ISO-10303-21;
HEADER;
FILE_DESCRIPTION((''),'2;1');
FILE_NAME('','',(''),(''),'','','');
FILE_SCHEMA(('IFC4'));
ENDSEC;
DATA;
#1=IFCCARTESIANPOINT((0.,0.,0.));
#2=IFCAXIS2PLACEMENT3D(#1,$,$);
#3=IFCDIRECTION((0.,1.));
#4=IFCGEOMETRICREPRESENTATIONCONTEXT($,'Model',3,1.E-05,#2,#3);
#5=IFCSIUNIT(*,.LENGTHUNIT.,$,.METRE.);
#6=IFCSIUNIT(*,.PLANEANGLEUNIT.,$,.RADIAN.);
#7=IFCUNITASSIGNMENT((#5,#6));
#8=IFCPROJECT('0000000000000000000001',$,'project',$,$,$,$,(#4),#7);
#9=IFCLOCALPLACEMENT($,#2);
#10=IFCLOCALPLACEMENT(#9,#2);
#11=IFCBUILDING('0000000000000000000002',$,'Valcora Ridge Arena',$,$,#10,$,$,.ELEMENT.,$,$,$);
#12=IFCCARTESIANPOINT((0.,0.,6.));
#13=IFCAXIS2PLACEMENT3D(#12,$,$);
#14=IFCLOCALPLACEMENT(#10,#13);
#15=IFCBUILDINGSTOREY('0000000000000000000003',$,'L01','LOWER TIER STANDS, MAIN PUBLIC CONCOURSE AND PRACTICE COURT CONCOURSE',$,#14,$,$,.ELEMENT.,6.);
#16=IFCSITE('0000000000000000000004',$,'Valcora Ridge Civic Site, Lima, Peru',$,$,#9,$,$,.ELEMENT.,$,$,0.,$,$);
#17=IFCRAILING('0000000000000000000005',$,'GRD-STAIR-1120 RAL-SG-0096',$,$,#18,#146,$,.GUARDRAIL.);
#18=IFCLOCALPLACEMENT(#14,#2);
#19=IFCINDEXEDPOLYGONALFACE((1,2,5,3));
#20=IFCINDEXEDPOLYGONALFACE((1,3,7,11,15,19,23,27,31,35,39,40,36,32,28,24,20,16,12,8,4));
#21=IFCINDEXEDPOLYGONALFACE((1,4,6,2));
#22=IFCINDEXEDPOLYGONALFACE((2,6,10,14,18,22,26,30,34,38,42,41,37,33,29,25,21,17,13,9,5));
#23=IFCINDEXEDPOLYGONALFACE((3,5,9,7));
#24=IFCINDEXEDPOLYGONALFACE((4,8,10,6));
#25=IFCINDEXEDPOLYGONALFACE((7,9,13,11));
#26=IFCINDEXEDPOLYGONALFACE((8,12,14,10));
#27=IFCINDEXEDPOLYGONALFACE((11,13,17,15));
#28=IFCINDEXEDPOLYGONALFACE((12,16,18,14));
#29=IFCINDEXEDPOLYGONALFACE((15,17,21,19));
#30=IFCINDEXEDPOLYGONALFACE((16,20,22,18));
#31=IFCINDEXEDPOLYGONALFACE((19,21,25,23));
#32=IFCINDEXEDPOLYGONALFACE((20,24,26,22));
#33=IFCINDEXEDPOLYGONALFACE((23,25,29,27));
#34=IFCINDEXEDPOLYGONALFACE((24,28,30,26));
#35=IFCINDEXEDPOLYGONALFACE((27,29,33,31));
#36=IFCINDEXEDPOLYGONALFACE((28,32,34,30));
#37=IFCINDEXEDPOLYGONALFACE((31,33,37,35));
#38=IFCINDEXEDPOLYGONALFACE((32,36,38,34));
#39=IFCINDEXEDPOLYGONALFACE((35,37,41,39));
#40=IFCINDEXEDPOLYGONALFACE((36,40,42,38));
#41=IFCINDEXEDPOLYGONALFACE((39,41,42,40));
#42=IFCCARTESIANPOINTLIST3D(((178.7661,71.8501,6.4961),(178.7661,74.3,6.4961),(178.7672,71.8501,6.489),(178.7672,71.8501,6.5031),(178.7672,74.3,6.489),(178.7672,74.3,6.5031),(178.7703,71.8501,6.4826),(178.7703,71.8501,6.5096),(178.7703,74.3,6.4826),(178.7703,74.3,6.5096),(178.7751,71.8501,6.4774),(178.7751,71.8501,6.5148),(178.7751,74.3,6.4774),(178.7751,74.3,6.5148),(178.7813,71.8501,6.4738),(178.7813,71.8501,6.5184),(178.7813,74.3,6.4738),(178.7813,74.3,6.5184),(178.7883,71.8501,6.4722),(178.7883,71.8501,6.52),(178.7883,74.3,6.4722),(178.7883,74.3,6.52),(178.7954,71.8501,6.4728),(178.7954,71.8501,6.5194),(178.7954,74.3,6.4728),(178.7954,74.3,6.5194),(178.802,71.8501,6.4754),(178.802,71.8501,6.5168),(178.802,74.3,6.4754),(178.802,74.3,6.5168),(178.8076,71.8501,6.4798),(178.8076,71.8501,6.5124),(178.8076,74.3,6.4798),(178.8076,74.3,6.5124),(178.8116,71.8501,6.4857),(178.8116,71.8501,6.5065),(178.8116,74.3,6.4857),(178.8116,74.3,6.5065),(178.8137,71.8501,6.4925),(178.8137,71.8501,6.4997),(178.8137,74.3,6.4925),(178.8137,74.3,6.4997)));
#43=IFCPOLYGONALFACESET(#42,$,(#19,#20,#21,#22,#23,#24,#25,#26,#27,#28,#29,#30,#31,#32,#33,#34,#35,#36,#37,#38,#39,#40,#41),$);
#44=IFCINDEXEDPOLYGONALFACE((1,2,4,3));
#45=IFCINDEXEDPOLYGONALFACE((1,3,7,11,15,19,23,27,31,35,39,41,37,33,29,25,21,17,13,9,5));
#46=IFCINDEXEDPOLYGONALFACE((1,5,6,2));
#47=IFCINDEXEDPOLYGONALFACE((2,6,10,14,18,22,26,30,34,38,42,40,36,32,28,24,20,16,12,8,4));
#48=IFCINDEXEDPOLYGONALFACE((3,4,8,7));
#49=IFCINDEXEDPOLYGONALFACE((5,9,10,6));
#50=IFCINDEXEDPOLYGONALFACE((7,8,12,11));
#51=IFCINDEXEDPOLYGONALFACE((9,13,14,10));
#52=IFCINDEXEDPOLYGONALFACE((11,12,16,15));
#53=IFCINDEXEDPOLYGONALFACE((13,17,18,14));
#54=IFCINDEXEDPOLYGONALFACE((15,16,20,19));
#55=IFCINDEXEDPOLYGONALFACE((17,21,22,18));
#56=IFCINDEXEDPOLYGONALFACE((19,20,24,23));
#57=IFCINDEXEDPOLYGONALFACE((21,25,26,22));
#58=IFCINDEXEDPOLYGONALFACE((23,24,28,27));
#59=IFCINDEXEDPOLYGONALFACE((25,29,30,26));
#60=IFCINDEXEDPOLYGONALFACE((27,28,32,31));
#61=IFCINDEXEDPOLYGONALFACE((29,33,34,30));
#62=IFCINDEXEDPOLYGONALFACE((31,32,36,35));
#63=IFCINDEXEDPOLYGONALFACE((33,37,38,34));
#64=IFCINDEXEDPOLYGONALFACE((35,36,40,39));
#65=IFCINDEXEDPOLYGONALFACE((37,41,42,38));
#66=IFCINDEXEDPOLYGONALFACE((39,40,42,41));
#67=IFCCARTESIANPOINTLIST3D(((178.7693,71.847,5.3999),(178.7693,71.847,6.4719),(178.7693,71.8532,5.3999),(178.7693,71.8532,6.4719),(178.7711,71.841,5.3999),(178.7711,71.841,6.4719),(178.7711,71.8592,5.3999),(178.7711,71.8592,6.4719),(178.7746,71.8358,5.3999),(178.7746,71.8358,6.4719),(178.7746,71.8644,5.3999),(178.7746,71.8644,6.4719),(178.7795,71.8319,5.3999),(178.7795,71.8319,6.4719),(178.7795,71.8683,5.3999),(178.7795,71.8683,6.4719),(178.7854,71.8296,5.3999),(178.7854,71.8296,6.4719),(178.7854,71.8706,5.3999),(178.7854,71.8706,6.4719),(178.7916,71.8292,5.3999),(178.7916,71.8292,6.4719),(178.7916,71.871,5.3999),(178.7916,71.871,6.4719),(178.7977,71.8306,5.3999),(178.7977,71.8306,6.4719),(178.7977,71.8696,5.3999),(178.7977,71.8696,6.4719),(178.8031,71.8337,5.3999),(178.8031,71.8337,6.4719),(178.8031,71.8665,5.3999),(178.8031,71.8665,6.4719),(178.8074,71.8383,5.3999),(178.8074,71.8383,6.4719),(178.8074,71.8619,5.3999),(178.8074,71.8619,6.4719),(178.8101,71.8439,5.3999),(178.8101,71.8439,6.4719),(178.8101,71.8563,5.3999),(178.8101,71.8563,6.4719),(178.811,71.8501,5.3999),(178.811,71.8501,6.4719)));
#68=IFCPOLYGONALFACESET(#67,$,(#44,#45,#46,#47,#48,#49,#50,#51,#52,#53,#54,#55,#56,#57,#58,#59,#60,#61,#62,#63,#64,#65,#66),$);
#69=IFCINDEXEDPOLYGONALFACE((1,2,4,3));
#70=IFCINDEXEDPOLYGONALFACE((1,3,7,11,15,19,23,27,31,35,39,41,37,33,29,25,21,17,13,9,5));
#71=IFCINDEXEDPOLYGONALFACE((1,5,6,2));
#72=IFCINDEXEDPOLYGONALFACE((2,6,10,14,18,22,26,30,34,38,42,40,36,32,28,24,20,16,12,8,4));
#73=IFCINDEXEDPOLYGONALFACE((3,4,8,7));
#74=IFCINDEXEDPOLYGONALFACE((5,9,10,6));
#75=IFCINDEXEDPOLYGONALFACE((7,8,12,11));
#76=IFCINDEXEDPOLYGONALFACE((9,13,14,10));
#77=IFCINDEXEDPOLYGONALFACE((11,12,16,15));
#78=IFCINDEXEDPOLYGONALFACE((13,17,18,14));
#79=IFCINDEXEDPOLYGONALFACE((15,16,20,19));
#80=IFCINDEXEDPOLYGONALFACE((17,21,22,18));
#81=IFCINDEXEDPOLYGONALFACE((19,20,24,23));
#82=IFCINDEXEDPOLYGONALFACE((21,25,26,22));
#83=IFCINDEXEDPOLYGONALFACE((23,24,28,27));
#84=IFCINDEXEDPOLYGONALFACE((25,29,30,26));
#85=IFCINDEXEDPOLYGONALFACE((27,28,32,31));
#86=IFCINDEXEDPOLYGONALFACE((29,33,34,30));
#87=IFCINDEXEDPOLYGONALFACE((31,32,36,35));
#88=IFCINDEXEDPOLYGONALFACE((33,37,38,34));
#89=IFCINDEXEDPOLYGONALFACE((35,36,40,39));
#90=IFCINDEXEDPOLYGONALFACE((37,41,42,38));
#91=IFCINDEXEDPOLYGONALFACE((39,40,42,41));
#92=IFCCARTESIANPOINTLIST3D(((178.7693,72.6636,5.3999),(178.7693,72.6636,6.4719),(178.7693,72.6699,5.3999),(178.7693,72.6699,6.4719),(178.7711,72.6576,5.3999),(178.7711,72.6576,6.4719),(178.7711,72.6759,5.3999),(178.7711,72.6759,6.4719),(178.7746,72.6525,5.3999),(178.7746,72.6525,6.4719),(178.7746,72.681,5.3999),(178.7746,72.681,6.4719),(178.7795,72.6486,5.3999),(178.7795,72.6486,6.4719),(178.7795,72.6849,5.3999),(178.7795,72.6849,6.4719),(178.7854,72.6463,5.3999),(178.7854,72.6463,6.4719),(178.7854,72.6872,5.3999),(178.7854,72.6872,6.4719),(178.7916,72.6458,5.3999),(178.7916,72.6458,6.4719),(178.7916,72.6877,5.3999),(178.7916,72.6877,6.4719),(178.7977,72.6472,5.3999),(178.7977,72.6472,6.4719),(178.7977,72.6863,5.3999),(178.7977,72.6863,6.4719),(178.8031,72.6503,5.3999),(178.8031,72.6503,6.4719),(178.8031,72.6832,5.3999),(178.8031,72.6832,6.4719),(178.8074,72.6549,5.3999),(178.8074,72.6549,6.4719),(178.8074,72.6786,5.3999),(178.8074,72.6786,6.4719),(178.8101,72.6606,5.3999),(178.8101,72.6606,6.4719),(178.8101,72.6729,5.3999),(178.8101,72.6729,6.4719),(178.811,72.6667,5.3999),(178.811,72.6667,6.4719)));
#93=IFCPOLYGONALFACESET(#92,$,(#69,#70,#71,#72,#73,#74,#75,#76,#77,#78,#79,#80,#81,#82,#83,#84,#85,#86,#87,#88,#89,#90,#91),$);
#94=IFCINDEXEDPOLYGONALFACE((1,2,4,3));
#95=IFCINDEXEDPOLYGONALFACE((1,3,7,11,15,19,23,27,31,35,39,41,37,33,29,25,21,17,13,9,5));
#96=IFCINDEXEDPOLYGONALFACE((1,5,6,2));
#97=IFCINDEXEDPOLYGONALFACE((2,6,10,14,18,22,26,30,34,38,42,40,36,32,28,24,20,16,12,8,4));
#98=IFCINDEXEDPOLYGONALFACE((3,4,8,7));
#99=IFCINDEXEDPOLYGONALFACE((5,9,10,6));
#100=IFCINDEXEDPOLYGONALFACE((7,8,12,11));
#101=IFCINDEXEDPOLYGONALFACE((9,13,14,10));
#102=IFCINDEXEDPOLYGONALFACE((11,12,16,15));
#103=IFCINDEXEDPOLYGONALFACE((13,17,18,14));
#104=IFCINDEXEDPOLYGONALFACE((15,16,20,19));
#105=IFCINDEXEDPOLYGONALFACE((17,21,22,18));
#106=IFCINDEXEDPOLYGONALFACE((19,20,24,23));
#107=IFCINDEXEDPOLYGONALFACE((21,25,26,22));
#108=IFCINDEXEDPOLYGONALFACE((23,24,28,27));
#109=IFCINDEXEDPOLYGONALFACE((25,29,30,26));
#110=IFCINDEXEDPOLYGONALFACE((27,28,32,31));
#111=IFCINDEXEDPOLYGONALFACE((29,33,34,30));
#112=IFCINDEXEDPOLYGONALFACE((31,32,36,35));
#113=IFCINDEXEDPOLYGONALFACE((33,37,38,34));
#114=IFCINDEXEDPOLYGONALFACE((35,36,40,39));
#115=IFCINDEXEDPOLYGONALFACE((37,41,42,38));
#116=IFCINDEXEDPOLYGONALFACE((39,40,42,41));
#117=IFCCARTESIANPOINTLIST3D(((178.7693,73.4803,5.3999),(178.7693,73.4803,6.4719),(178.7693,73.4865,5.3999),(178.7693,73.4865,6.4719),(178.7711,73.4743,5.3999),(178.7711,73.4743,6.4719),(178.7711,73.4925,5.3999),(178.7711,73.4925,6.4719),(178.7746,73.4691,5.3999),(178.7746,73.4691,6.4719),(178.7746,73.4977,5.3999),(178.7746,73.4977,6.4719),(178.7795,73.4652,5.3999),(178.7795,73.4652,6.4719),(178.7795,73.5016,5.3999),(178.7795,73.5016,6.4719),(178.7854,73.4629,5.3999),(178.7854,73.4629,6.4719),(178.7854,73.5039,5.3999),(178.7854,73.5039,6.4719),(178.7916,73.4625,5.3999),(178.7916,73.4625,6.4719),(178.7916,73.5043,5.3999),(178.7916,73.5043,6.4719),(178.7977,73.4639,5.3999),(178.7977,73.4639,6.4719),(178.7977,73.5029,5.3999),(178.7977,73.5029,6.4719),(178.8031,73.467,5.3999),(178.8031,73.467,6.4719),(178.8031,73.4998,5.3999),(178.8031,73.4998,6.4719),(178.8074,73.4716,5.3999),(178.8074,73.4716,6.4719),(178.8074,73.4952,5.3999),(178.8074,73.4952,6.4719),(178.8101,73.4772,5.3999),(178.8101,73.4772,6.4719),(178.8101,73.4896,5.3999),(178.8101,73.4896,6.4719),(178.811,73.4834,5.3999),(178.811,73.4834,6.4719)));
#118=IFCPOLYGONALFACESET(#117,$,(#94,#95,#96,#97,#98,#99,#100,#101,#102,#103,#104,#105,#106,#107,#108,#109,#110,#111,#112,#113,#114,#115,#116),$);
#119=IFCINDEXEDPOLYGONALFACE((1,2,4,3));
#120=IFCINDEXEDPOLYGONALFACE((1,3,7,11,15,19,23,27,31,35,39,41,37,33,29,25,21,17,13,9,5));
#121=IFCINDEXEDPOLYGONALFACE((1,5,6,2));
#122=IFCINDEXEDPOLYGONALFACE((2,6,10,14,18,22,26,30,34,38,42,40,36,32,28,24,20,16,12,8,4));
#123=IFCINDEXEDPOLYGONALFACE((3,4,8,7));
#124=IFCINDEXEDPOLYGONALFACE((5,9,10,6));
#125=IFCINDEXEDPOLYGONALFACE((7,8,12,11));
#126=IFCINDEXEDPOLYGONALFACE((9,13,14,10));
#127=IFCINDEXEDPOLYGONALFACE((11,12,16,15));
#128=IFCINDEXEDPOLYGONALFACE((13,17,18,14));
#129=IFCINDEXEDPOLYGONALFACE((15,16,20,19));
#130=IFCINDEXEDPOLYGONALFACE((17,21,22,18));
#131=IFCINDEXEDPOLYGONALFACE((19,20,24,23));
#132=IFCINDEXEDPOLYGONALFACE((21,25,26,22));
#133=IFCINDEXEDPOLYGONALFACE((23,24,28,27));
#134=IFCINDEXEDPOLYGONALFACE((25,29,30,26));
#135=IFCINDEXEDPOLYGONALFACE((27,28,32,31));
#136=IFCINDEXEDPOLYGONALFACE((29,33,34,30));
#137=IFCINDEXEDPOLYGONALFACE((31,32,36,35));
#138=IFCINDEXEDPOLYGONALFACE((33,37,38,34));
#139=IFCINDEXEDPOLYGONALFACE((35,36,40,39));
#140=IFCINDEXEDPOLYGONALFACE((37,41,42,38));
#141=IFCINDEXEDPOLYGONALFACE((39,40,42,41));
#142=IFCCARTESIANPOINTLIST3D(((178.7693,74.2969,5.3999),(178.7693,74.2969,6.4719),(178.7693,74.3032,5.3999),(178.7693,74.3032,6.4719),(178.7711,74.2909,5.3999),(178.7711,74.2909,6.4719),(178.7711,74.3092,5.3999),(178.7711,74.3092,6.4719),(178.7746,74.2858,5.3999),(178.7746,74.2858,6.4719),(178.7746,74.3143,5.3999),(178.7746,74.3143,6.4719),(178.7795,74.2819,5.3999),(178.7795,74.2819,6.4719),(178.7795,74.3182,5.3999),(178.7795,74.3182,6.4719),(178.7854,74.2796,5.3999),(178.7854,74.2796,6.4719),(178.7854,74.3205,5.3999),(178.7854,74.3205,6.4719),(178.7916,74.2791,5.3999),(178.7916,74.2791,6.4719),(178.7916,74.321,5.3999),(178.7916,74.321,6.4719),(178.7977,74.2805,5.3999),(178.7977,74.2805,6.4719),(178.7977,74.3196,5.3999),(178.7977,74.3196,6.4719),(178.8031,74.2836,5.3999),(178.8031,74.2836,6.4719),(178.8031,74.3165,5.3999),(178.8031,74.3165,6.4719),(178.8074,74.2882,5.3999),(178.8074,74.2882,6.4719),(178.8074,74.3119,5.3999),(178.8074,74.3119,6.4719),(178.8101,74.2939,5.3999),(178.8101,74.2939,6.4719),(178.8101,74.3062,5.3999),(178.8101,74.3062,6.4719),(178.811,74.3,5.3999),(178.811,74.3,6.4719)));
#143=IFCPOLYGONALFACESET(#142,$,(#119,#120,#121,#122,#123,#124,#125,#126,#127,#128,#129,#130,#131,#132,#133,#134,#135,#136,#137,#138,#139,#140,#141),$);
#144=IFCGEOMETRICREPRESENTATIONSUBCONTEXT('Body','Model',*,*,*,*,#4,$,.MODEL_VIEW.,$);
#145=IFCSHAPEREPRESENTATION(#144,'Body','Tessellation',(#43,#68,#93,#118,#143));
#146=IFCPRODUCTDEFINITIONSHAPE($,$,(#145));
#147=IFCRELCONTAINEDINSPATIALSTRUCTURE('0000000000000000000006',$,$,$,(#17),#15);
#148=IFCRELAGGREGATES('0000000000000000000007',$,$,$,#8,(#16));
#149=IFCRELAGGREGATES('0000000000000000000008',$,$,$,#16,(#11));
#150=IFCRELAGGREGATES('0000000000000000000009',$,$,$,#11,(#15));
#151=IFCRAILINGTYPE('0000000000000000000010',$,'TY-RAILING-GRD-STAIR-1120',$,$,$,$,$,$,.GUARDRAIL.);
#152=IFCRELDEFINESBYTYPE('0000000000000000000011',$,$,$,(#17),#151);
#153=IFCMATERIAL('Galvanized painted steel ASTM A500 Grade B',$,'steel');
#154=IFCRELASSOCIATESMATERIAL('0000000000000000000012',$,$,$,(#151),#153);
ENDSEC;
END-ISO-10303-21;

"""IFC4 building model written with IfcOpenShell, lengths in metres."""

from ifc_helpers import new_model, si_unit, direction, frame, origin, origin_2d, place, context, subcontext, project, spatial, circle, extrude, material, type_object, element, save


model = new_model("IFC4")

# Units and contexts
model_context = context("Model", 3, precision=1e-05, world=origin(), true_north=direction((0.0, 1.0)))
body_context = subcontext(model_context, "Body", "Model", "MODEL_VIEW")
ifc_project = project(units=[si_unit("LENGTHUNIT", "METRE"), si_unit("PLANEANGLEUNIT", "RADIAN")], contexts=[model_context])

# Site, building, storey
site_placement = place(None, origin())
site = spatial("IfcSite", under=ifc_project, at=site_placement, Name="Valcora Ridge Civic Site, Lima, Peru", CompositionType="ELEMENT", RefElevation=0.0)
building_placement = place(site_placement, origin())
building = spatial("IfcBuilding", under=site, at=building_placement, Name="Valcora Ridge Arena", CompositionType="ELEMENT")
storey_placement = place(building_placement, frame((0.0, 0.0, 6.0)))
storey = spatial("IfcBuildingStorey", under=building, at=storey_placement, Name="L01", Description="LOWER TIER STANDS, MAIN PUBLIC CONCOURSE AND PRACTICE COURT CONCOURSE", CompositionType="ELEMENT", Elevation=6.0)

# Railing
ifc_material_1 = material(Name="Galvanized painted steel ASTM A500 Grade B", Category="steel")
railing_type_1 = type_object("IfcRailingType", Name="TY-RAILING-GRD-STAIR-1120", PredefinedType="GUARDRAIL", material=ifc_material_1)
railing_1_placement = place(storey_placement, frame((178.79, 71.8501, 5.3999)))
element("IfcRailing", 1, at=railing_1_placement, inside=storey, type_object=railing_type_1, Name="GRD-STAIR-1120 RAL-SG-0096", PredefinedType="GUARDRAIL", context=body_context, shape_type="SweptSolid", body=[
    extrude(circle(Radius=0.0239, at=origin_2d()), frame((0.0, 0.0, 1.0962), z_axis=(0.0, 1.0, 0.0), x_axis=(-1.0, 0.0, 0.0)), (0.0, 0.0, 1.0), 2.45),
    extrude(circle(Radius=0.021, at=origin_2d()), origin(), (0.0, 0.0, 1.0), 1.072),
    extrude(circle(Radius=0.021, at=origin_2d()), frame((0.0, 0.8167, 0.0)), (0.0, 0.0, 1.0), 1.072),
    extrude(circle(Radius=0.021, at=origin_2d()), frame((0.0, 1.6333, 0.0)), (0.0, 0.0, 1.0), 1.072),
    extrude(circle(Radius=0.021, at=origin_2d()), frame((0.0, 2.45, 0.0)), (0.0, 0.0, 1.0), 1.072),
])

save(model, "model.ifc")
